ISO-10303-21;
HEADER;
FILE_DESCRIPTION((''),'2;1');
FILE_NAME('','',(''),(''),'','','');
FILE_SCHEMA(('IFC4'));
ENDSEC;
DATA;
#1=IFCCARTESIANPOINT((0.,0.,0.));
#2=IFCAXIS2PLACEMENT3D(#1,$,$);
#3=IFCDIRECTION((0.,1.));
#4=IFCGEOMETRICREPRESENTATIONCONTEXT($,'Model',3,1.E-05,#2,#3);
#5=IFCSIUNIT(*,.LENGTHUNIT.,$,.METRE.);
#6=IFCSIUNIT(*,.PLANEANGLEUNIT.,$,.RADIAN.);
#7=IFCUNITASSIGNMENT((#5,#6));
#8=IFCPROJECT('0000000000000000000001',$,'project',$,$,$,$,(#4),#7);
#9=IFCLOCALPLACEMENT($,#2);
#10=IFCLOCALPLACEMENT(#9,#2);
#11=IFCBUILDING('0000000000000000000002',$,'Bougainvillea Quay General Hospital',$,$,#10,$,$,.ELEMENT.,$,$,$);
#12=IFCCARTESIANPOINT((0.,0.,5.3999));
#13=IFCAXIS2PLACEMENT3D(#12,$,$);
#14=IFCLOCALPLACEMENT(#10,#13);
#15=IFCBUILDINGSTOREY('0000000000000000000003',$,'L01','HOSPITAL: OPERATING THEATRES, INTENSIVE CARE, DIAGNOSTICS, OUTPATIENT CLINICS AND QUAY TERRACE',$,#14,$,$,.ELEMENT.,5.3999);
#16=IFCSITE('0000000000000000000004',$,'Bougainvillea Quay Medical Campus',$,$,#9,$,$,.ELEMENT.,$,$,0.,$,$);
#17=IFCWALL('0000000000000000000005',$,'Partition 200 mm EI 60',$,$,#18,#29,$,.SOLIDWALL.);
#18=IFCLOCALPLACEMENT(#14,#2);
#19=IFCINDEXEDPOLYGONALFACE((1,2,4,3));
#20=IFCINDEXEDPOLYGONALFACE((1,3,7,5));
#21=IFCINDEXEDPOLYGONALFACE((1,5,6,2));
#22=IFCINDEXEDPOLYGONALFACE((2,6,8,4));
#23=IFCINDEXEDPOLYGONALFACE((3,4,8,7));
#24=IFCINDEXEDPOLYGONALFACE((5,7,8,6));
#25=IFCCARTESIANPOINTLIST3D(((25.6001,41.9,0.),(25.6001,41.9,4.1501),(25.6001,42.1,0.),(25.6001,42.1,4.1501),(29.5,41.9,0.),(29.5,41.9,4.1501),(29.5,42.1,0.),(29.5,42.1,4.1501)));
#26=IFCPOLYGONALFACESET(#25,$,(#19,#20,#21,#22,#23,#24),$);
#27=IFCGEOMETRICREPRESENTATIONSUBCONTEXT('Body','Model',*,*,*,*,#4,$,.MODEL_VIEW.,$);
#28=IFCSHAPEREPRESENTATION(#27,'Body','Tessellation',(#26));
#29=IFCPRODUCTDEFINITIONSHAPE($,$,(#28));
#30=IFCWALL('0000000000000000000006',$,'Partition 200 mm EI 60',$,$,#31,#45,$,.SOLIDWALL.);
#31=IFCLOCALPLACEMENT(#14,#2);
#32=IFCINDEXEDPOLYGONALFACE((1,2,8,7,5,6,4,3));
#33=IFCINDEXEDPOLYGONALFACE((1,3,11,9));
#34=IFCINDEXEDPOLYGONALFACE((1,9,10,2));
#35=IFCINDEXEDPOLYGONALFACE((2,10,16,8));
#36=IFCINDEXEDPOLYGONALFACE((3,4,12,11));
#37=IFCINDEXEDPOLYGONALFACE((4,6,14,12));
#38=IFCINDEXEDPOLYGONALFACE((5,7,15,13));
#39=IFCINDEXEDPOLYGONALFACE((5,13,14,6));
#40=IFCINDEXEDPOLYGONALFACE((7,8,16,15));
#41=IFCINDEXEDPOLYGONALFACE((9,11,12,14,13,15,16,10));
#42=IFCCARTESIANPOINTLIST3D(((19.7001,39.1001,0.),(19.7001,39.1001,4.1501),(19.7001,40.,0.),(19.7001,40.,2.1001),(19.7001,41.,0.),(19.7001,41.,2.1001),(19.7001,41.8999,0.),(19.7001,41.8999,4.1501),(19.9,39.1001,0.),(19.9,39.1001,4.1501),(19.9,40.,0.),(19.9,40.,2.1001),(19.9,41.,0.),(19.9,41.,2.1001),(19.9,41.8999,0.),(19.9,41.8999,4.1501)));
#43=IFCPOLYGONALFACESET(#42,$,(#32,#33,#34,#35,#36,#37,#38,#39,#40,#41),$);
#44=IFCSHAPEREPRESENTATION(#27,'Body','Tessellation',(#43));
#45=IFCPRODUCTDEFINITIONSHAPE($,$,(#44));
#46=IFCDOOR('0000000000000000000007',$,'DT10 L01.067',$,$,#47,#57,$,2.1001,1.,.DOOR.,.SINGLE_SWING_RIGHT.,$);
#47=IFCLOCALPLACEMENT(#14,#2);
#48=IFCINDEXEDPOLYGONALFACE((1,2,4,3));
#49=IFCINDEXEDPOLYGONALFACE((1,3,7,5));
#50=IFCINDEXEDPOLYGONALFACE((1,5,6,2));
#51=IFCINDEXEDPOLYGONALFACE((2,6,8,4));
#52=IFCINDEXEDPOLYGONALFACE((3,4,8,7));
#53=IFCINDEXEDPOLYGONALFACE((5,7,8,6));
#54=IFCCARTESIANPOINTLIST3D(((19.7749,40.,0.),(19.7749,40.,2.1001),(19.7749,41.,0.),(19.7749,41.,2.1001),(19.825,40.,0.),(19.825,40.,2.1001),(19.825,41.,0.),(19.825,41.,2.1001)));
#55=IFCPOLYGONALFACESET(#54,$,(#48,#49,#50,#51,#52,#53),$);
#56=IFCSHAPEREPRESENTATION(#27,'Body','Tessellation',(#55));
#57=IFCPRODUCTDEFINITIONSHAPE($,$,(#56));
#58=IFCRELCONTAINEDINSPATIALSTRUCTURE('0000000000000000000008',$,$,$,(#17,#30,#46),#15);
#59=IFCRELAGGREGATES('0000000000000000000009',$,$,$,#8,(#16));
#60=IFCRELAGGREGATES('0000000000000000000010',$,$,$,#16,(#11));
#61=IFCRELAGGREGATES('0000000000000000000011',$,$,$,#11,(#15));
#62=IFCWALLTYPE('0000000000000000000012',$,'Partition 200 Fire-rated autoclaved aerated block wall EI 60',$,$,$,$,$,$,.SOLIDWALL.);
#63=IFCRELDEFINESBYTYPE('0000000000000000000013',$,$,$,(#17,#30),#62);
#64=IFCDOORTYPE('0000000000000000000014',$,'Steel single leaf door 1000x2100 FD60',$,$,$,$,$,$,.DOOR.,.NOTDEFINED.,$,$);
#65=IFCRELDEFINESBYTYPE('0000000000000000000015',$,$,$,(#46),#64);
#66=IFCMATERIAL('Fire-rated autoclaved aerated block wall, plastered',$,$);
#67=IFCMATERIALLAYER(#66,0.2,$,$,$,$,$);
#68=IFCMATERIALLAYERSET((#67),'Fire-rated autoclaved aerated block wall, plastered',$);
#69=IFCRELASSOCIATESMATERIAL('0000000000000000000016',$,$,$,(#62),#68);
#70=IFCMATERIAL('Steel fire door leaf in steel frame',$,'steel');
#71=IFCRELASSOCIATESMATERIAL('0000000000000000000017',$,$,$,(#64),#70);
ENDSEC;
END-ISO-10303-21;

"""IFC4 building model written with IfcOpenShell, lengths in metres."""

from ifc_helpers import new_model, si_unit, direction, frame, frame_2d, origin, place, context, subcontext, project, spatial, rectangle, extrude, material, layer, layer_set, type_object, element, fill, save


model = new_model("IFC4")

# Units and contexts
model_context = context("Model", 3, precision=1e-05, world=origin(), true_north=direction((0.0, 1.0)))
body_context = subcontext(model_context, "Body", "Model", "MODEL_VIEW")
ifc_project = project(units=[si_unit("LENGTHUNIT", "METRE"), si_unit("PLANEANGLEUNIT", "RADIAN")], contexts=[model_context])

# Site, building, storey
site_placement = place(None, origin())
site = spatial("IfcSite", under=ifc_project, at=site_placement, Name="Bougainvillea Quay Medical Campus", CompositionType="ELEMENT", RefElevation=0.0)
building_placement = place(site_placement, origin())
building = spatial("IfcBuilding", under=site, at=building_placement, Name="Bougainvillea Quay General Hospital", CompositionType="ELEMENT")
storey_placement = place(building_placement, frame((0.0, 0.0, 5.3999)))
storey = spatial("IfcBuildingStorey", under=building, at=storey_placement, Name="L01", Description="HOSPITAL: OPERATING THEATRES, INTENSIVE CARE, DIAGNOSTICS, OUTPATIENT CLINICS AND QUAY TERRACE", CompositionType="ELEMENT", Elevation=5.3999)

# Wall
ifc_material_1 = material(Name="Fire-rated autoclaved aerated block wall, plastered")
ifc_layer_1 = layer(ifc_material_1, 0.2)
ifc_layer_set_1 = layer_set([ifc_layer_1], Name="Fire-rated autoclaved aerated block wall, plastered")
wall_type_1 = type_object("IfcWallType", Name="Partition 200 Fire-rated autoclaved aerated block wall EI 60", PredefinedType="SOLIDWALL", material=ifc_layer_set_1)
wall_1_placement = place(storey_placement, frame((25.6001, 42.0, 0.0), z_axis=(0.0, 0.0, 1.0), x_axis=(1.0, 0.0, 0.0)))
element("IfcWall", 1, at=wall_1_placement, inside=storey, type_object=wall_type_1, Name="Partition 200 mm EI 60", PredefinedType="SOLIDWALL", context=body_context, shape_type="SweptSolid", body=[
    extrude(rectangle(XDim=3.8999, YDim=0.2, at=frame_2d((1.95, 0.0))), origin(), (0.0, 0.0, 1.0), 4.1501),
])

# Wall, opening, door
wall_2_placement = place(storey_placement, frame((19.8, 39.1001, 0.0), z_axis=(0.0, 0.0, 1.0), x_axis=(0.0, 1.0, 0.0)))
wall_2 = element("IfcWall", 2, at=wall_2_placement, inside=storey, type_object=wall_type_1, Name="Partition 200 mm EI 60", PredefinedType="SOLIDWALL", context=body_context, shape_type="SweptSolid", body=[
    extrude(rectangle(XDim=2.7998, YDim=0.2, at=frame_2d((1.3999, 0.0))), origin(), (0.0, 0.0, 1.0), 4.1501),
])
opening_1_placement = place(wall_2_placement, frame((0.8999, 0.0, 0.0)))
opening_1 = element("IfcOpeningElement", 3, at=opening_1_placement, cuts=wall_2, PredefinedType="OPENING", context=body_context, shape_type="SweptSolid", body=[
    extrude(rectangle(XDim=1.0, YDim=2.1001, at=frame_2d((0.5, 1.05))), frame((0.0, 0.1099, 0.0), z_axis=(0.0, -1.0, 0.0), x_axis=(1.0, 0.0, 0.0)), (0.0, 0.0, 1.0), 0.22),
])
ifc_material_2 = material(Name="Steel fire door leaf in steel frame", Category="steel")
door_type_1 = type_object("IfcDoorType", Name="Steel single leaf door 1000x2100 FD60", OperationType="NOTDEFINED", PredefinedType="DOOR", material=ifc_material_2)
door_1_placement = place(opening_1_placement, frame((1.0, 0.0, 0.0), z_axis=(0.0, 0.0, 1.0), x_axis=(-1.0, 0.0, 0.0)))
door_1 = element("IfcDoor", 4, at=door_1_placement, inside=storey, type_object=door_type_1, Name="DT10 L01.067", OperationType="SINGLE_SWING_RIGHT", OverallHeight=2.1001, OverallWidth=1.0, PredefinedType="DOOR", context=body_context, shape_type="SweptSolid", body=[
    extrude(rectangle(XDim=1.0, YDim=2.1001, at=frame_2d((0.5, 1.05))), frame((0.0, 0.0249, 0.0), z_axis=(0.0, -1.0, 0.0), x_axis=(1.0, 0.0, 0.0)), (0.0, 0.0, 1.0), 0.05),
])
fill(opening_1, door_1)

save(model, "model.ifc")
